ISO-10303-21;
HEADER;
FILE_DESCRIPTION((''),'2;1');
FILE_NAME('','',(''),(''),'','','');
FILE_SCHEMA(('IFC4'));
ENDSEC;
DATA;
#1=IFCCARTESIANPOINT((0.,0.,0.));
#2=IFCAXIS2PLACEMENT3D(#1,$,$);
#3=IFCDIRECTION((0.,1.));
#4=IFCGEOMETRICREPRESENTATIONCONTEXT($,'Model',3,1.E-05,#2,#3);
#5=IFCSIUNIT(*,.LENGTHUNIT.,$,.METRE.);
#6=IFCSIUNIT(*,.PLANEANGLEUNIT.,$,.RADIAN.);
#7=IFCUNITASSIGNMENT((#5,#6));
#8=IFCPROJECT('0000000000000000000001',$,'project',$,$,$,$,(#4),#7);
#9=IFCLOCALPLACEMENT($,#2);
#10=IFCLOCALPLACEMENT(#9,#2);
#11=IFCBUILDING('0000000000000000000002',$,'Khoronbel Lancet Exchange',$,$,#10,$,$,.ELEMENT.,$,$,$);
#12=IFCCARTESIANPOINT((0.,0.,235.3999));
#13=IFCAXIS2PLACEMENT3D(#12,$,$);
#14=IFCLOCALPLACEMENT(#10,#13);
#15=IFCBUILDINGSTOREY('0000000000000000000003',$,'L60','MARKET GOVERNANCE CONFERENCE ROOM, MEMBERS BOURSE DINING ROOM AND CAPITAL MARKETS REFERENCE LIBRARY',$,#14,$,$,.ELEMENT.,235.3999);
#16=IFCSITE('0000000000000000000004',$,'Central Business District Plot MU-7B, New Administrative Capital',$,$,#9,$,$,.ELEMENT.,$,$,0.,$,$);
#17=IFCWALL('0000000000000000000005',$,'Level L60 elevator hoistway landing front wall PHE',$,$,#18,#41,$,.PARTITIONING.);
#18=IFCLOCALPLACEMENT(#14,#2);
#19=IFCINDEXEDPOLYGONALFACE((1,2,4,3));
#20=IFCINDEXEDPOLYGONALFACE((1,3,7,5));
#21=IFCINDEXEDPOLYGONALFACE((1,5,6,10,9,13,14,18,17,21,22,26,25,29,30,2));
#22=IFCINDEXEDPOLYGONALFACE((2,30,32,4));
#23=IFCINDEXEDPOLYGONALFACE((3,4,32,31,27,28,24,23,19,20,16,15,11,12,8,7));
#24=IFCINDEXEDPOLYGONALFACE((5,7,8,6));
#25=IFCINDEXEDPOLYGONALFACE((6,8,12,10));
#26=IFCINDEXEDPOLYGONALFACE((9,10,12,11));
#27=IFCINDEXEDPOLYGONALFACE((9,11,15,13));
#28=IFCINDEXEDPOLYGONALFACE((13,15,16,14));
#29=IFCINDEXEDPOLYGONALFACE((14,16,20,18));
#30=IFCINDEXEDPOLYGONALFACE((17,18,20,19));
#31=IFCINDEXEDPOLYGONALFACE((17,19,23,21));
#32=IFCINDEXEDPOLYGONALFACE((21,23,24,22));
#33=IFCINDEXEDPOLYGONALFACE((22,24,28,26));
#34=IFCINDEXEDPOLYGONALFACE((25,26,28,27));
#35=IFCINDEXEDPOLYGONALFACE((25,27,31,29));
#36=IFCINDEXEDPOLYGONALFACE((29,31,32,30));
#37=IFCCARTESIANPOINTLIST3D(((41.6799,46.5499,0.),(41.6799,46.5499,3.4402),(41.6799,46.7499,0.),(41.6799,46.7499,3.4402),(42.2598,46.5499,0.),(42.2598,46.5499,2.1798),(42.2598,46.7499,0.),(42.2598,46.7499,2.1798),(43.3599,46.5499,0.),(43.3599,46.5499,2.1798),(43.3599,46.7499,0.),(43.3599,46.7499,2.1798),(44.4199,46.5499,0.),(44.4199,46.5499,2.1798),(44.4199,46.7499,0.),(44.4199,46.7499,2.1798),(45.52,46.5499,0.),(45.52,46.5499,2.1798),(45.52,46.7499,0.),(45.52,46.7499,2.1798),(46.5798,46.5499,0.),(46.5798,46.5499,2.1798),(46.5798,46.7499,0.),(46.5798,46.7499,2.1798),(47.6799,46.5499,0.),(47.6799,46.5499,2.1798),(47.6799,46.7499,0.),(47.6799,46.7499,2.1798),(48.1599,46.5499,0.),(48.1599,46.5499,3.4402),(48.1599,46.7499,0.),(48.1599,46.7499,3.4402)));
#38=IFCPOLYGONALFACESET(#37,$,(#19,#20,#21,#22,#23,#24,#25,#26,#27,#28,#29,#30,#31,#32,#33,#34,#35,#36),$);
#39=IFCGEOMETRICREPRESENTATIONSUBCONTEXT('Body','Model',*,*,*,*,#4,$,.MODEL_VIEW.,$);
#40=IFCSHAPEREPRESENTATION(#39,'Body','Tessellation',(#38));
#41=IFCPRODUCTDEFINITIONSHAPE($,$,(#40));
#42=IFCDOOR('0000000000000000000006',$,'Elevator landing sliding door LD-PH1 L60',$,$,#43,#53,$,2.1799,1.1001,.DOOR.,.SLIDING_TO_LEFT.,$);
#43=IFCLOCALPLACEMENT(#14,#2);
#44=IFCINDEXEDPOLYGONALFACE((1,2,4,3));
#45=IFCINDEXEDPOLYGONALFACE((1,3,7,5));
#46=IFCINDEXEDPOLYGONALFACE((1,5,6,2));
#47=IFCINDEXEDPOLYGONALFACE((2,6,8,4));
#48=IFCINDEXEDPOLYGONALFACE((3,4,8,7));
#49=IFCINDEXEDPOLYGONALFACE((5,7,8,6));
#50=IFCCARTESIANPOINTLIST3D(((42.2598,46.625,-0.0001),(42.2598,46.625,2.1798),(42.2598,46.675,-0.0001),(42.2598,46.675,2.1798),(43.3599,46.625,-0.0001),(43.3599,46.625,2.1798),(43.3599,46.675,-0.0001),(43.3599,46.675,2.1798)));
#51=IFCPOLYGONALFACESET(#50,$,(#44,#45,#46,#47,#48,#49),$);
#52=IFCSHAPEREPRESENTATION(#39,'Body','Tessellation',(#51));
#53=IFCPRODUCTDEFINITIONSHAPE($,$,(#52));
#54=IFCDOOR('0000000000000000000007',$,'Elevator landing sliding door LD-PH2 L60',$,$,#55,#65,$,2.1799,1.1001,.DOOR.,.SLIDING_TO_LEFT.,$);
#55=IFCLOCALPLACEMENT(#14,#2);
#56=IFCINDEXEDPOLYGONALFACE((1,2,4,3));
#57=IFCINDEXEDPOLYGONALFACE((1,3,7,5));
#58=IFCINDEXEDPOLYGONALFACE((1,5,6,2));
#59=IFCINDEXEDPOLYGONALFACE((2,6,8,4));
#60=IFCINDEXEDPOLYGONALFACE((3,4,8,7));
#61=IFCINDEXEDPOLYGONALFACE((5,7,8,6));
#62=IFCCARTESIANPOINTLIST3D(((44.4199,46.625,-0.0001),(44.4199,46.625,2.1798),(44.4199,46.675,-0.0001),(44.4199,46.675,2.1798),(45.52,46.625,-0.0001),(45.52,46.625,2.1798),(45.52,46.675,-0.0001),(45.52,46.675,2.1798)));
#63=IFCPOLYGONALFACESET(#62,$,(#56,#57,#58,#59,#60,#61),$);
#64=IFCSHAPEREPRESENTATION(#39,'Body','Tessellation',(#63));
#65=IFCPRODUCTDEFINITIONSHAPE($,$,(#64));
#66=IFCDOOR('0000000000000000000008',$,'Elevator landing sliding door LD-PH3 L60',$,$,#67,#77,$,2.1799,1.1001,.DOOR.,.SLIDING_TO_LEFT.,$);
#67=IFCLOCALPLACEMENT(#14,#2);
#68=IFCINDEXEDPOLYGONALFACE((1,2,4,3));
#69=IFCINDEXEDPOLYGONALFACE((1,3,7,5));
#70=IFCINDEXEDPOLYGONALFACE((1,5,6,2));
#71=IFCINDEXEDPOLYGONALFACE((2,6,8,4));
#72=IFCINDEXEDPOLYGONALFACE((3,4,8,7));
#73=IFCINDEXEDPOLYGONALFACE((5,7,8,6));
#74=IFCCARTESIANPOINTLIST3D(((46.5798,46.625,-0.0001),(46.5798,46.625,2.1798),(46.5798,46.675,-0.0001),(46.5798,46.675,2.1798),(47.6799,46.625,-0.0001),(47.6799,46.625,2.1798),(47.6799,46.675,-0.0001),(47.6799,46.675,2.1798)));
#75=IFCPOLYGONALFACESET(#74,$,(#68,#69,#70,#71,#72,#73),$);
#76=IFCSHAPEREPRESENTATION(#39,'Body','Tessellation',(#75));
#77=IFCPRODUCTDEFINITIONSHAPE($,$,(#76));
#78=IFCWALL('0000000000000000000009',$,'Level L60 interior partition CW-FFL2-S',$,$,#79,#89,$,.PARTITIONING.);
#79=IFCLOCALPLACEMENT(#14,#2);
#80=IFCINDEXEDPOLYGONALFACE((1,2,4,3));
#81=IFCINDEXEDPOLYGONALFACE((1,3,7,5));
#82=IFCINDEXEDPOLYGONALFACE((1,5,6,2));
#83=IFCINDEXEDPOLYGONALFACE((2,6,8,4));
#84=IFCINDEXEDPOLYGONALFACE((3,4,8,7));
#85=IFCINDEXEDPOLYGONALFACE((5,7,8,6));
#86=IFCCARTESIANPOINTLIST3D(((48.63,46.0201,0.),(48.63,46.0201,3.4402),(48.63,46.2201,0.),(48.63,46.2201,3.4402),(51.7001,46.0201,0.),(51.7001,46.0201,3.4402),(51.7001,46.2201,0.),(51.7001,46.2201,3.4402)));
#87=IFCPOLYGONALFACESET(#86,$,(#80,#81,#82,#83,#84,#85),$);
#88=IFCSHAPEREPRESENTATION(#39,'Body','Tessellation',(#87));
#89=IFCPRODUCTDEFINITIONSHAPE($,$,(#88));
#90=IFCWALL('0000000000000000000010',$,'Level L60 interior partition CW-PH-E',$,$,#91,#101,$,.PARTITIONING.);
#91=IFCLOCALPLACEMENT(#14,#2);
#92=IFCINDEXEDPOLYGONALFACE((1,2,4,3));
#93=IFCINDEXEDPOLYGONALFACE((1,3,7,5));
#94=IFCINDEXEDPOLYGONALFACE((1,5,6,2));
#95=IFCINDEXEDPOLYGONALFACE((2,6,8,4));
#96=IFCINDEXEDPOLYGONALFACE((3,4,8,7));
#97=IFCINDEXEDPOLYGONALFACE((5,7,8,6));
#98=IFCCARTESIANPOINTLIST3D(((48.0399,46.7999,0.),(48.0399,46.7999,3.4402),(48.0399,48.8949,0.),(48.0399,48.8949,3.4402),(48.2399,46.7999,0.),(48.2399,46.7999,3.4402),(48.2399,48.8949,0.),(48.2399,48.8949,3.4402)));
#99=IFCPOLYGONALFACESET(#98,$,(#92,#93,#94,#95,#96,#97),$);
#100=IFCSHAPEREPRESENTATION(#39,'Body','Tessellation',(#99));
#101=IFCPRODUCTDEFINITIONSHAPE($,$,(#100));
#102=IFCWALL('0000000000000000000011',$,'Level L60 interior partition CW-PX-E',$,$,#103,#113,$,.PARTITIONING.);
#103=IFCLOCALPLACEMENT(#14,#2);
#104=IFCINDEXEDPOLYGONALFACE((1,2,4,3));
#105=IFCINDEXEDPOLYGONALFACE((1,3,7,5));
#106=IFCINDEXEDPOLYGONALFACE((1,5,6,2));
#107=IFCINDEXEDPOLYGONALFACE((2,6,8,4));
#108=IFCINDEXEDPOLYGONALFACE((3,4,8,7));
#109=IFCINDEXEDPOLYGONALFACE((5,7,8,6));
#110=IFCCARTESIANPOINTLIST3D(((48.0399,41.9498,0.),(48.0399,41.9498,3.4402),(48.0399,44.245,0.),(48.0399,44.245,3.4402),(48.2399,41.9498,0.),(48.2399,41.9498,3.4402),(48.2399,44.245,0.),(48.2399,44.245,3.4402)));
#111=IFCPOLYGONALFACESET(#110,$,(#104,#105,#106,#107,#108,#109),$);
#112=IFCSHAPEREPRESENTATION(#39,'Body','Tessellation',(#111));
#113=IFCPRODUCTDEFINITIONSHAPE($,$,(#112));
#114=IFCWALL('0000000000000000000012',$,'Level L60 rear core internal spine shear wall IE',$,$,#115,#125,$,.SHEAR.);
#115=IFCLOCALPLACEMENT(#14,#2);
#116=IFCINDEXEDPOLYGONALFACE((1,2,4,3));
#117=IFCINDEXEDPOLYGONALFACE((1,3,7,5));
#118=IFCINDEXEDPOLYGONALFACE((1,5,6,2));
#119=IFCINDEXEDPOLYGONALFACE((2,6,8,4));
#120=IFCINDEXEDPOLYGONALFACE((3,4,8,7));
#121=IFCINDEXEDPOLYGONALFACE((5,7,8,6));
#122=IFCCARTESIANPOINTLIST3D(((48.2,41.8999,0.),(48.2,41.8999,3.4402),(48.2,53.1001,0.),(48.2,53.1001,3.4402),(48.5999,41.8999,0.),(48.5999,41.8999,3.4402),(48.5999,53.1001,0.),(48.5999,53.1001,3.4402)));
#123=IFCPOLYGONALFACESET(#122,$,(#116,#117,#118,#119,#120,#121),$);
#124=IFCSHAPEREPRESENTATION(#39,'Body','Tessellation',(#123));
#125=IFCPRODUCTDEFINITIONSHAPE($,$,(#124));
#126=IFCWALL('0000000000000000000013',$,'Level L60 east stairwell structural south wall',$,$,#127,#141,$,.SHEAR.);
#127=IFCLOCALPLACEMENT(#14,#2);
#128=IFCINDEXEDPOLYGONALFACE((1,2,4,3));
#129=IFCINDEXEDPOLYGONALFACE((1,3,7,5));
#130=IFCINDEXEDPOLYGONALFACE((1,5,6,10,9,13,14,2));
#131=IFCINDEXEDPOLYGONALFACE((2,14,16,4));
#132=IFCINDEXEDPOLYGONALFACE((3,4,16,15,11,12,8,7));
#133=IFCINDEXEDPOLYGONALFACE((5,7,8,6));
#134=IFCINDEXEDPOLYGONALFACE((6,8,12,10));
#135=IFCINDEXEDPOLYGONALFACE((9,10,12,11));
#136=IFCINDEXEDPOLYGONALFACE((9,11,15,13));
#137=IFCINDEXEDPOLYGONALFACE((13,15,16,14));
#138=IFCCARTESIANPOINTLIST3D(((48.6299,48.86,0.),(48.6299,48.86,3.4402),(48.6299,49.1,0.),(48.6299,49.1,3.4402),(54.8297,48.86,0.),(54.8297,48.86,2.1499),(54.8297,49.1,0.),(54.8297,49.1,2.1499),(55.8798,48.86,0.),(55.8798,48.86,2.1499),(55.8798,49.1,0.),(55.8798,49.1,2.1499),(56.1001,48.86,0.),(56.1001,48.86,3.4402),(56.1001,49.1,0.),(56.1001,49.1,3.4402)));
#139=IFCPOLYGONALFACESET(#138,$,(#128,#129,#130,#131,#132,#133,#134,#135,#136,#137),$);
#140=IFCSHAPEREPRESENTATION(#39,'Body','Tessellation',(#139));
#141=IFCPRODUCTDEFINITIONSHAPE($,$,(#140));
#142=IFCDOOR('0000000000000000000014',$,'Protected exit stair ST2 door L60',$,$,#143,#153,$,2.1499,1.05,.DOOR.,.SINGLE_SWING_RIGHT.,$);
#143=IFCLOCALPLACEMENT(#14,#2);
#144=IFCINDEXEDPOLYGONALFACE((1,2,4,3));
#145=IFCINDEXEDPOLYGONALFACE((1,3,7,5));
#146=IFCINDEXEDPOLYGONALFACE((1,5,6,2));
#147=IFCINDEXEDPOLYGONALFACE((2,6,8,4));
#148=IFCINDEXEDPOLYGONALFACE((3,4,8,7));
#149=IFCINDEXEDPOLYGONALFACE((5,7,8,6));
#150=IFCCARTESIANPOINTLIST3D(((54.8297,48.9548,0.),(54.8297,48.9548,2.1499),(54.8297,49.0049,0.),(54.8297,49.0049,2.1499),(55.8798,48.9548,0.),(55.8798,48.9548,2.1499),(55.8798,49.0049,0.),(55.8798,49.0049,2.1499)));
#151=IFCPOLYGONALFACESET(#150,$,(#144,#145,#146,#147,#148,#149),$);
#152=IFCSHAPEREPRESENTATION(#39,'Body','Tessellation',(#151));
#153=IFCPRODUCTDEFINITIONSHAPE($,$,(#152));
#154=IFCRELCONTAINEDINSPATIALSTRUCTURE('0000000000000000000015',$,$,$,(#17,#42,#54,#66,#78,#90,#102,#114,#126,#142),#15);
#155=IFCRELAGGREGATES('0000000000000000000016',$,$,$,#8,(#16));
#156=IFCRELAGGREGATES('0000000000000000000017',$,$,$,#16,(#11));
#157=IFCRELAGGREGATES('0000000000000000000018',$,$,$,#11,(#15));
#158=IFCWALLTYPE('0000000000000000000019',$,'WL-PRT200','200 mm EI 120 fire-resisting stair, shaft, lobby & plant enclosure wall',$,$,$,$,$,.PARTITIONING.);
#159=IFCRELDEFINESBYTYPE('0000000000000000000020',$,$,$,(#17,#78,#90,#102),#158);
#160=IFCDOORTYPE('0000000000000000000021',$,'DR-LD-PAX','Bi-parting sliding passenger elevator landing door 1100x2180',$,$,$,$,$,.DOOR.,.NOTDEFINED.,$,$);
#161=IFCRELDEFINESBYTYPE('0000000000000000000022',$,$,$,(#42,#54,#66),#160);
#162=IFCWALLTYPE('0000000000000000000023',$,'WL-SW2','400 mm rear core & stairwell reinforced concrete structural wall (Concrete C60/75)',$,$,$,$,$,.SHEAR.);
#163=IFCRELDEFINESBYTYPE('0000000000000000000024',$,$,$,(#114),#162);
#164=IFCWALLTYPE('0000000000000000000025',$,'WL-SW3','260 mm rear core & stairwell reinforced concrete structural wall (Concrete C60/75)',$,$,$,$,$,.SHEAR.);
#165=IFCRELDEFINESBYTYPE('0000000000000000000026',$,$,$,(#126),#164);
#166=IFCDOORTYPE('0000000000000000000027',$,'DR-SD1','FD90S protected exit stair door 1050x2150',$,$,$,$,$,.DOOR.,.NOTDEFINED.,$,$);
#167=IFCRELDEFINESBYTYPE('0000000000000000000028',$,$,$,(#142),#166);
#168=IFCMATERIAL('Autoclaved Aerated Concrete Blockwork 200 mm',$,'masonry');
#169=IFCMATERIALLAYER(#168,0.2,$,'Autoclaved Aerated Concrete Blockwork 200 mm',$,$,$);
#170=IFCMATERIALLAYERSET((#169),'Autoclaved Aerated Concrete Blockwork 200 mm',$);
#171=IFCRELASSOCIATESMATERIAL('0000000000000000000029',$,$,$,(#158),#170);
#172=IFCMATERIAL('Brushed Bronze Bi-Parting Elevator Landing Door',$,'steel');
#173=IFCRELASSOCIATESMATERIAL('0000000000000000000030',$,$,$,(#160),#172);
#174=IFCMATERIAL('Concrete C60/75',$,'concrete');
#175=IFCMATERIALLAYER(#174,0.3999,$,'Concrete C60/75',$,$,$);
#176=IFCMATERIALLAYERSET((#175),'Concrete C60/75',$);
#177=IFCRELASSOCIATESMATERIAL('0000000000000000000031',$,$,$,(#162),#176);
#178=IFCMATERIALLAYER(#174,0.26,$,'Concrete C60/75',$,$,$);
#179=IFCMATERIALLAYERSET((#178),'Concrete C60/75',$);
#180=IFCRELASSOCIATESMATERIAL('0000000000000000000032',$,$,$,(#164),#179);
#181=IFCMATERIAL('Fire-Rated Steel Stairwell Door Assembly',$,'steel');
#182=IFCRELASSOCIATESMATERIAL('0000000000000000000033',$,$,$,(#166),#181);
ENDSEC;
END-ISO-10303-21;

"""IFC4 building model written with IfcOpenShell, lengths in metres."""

from ifc_helpers import new_model, si_unit, direction, frame, frame_2d, origin, place, context, subcontext, project, spatial, rectangle, extrude, material, layer, layer_set, type_object, element, fill, save


model = new_model("IFC4")

# Units and contexts
model_context = context("Model", 3, precision=1e-05, world=origin(), true_north=direction((0.0, 1.0)))
body_context = subcontext(model_context, "Body", "Model", "MODEL_VIEW")
ifc_project = project(units=[si_unit("LENGTHUNIT", "METRE"), si_unit("PLANEANGLEUNIT", "RADIAN")], contexts=[model_context])

# Site, building, storey
site_placement = place(None, origin())
site = spatial("IfcSite", under=ifc_project, at=site_placement, Name="Central Business District Plot MU-7B, New Administrative Capital", CompositionType="ELEMENT", RefElevation=0.0)
building_placement = place(site_placement, origin())
building = spatial("IfcBuilding", under=site, at=building_placement, Name="Khoronbel Lancet Exchange", CompositionType="ELEMENT")
storey_placement = place(building_placement, frame((0.0, 0.0, 235.3999)))
storey = spatial("IfcBuildingStorey", under=building, at=storey_placement, Name="L60", Description="MARKET GOVERNANCE CONFERENCE ROOM, MEMBERS BOURSE DINING ROOM AND CAPITAL MARKETS REFERENCE LIBRARY", CompositionType="ELEMENT", Elevation=235.3999)

# Shared definitions
ifc_material_1 = material(Name="Autoclaved Aerated Concrete Blockwork 200 mm", Category="masonry")
ifc_layer_1 = layer(ifc_material_1, 0.2, Name="Autoclaved Aerated Concrete Blockwork 200 mm")
ifc_layer_set_1 = layer_set([ifc_layer_1], Name="Autoclaved Aerated Concrete Blockwork 200 mm")
wall_type_1 = type_object("IfcWallType", Name="WL-PRT200", Description="200 mm EI 120 fire-resisting stair, shaft, lobby & plant enclosure wall", PredefinedType="PARTITIONING", material=ifc_layer_set_1)

# Wall, openings, doors
wall_1_placement = place(storey_placement, frame((48.1599, 46.6499, 0.0), z_axis=(0.0, 0.0, 1.0), x_axis=(-1.0, 0.0, 0.0)))
wall_1 = element("IfcWall", 1, at=wall_1_placement, inside=storey, type_object=wall_type_1, Name="Level L60 elevator hoistway landing front wall PHE", PredefinedType="PARTITIONING", context=body_context, shape_type="SweptSolid", body=[
    extrude(rectangle(XDim=6.48, YDim=0.2, at=frame_2d((3.24, 0.0))), origin(), (0.0, 0.0, 1.0), 3.4402),
])
opening_1_placement = place(wall_1_placement, frame((4.8, 0.0, 0.0)))
opening_1 = element("IfcOpeningElement", 2, at=opening_1_placement, cuts=wall_1, PredefinedType="OPENING", context=body_context, shape_type="SweptSolid", body=[
    extrude(rectangle(XDim=1.1001, YDim=2.1799, at=frame_2d((0.55, 1.0898))), frame((0.0, 0.1099, 0.0), z_axis=(0.0, -1.0, 0.0), x_axis=(1.0, 0.0, 0.0)), (0.0, 0.0, 1.0), 0.22),
])
opening_2_placement = place(wall_1_placement, frame((2.6399, 0.0, 0.0)))
opening_2 = element("IfcOpeningElement", 3, at=opening_2_placement, cuts=wall_1, PredefinedType="OPENING", context=body_context, shape_type="SweptSolid", body=[
    extrude(rectangle(XDim=1.1001, YDim=2.1799, at=frame_2d((0.55, 1.0898))), frame((0.0, 0.1099, 0.0), z_axis=(0.0, -1.0, 0.0), x_axis=(1.0, 0.0, 0.0)), (0.0, 0.0, 1.0), 0.22),
])
opening_3_placement = place(wall_1_placement, frame((0.48, 0.0, 0.0)))
opening_3 = element("IfcOpeningElement", 4, at=opening_3_placement, cuts=wall_1, PredefinedType="OPENING", context=body_context, shape_type="SweptSolid", body=[
    extrude(rectangle(XDim=1.1001, YDim=2.1799, at=frame_2d((0.55, 1.0898))), frame((0.0, 0.1099, 0.0), z_axis=(0.0, -1.0, 0.0), x_axis=(1.0, 0.0, 0.0)), (0.0, 0.0, 1.0), 0.22),
])
ifc_material_2 = material(Name="Brushed Bronze Bi-Parting Elevator Landing Door", Category="steel")
door_type_1 = type_object("IfcDoorType", Name="DR-LD-PAX", Description="Bi-parting sliding passenger elevator landing door 1100x2180", OperationType="NOTDEFINED", PredefinedType="DOOR", material=ifc_material_2)
door_1_placement = place(opening_1_placement, origin())
door_1 = element("IfcDoor", 5, at=door_1_placement, inside=storey, type_object=door_type_1, Name="Elevator landing sliding door LD-PH1 L60", OperationType="SLIDING_TO_LEFT", OverallHeight=2.1799, OverallWidth=1.1001, PredefinedType="DOOR", context=body_context, shape_type="SweptSolid", body=[
    extrude(rectangle(XDim=1.1001, YDim=2.1799, at=frame_2d((0.55, 1.0898))), frame((0.0, 0.0249, 0.0), z_axis=(0.0, -1.0, 0.0), x_axis=(1.0, 0.0, 0.0)), (0.0, 0.0, 1.0), 0.05),
])
fill(opening_1, door_1)
door_2_placement = place(opening_2_placement, origin())
door_2 = element("IfcDoor", 6, at=door_2_placement, inside=storey, type_object=door_type_1, Name="Elevator landing sliding door LD-PH2 L60", OperationType="SLIDING_TO_LEFT", OverallHeight=2.1799, OverallWidth=1.1001, PredefinedType="DOOR", context=body_context, shape_type="SweptSolid", body=[
    extrude(rectangle(XDim=1.1001, YDim=2.1799, at=frame_2d((0.55, 1.0898))), frame((0.0, 0.0249, 0.0), z_axis=(0.0, -1.0, 0.0), x_axis=(1.0, 0.0, 0.0)), (0.0, 0.0, 1.0), 0.05),
])
fill(opening_2, door_2)
door_3_placement = place(opening_3_placement, origin())
door_3 = element("IfcDoor", 7, at=door_3_placement, inside=storey, type_object=door_type_1, Name="Elevator landing sliding door LD-PH3 L60", OperationType="SLIDING_TO_LEFT", OverallHeight=2.1799, OverallWidth=1.1001, PredefinedType="DOOR", context=body_context, shape_type="SweptSolid", body=[
    extrude(rectangle(XDim=1.1001, YDim=2.1799, at=frame_2d((0.55, 1.0898))), frame((0.0, 0.0249, 0.0), z_axis=(0.0, -1.0, 0.0), x_axis=(1.0, 0.0, 0.0)), (0.0, 0.0, 1.0), 0.05),
])
fill(opening_3, door_3)

# Walls
wall_2_placement = place(storey_placement, frame((48.6299, 46.1201, 0.0), z_axis=(0.0, 0.0, 1.0), x_axis=(1.0, 0.0, 0.0)))
element("IfcWall", 8, at=wall_2_placement, inside=storey, type_object=wall_type_1, Name="Level L60 interior partition CW-FFL2-S", PredefinedType="PARTITIONING", context=body_context, shape_type="SweptSolid", body=[
    extrude(rectangle(XDim=3.0701, YDim=0.2, at=frame_2d((1.5352, 0.0))), origin(), (0.0, 0.0, 1.0), 3.4402),
])
wall_3_placement = place(storey_placement, frame((48.1399, 46.8, 0.0), z_axis=(0.0, 0.0, 1.0), x_axis=(0.0, 1.0, 0.0)))
element("IfcWall", 9, at=wall_3_placement, inside=storey, type_object=wall_type_1, Name="Level L60 interior partition CW-PH-E", PredefinedType="PARTITIONING", context=body_context, shape_type="SweptSolid", body=[
    extrude(rectangle(XDim=2.095, YDim=0.2, at=frame_2d((1.0474, 0.0))), origin(), (0.0, 0.0, 1.0), 3.4402),
])
wall_4_placement = place(storey_placement, frame((48.1399, 41.95, 0.0), z_axis=(0.0, 0.0, 1.0), x_axis=(0.0, 1.0, 0.0)))
element("IfcWall", 10, at=wall_4_placement, inside=storey, type_object=wall_type_1, Name="Level L60 interior partition CW-PX-E", PredefinedType="PARTITIONING", context=body_context, shape_type="SweptSolid", body=[
    extrude(rectangle(XDim=2.2952, YDim=0.2, at=frame_2d((1.1475, 0.0))), origin(), (0.0, 0.0, 1.0), 3.4402),
])
ifc_material_3 = material(Name="Concrete C60/75", Category="concrete")
ifc_layer_2 = layer(ifc_material_3, 0.3999, Name="Concrete C60/75")
ifc_layer_set_2 = layer_set([ifc_layer_2], Name="Concrete C60/75")
wall_type_2 = type_object("IfcWallType", Name="WL-SW2", Description="400 mm rear core & stairwell reinforced concrete structural wall (Concrete C60/75)", PredefinedType="SHEAR", material=ifc_layer_set_2)
wall_5_placement = place(storey_placement, frame((48.3999, 41.8999, 0.0), z_axis=(0.0, 0.0, 1.0), x_axis=(0.0, 1.0, 0.0)))
element("IfcWall", 11, at=wall_5_placement, inside=storey, type_object=wall_type_2, Name="Level L60 rear core internal spine shear wall IE", PredefinedType="SHEAR", context=body_context, shape_type="SweptSolid", body=[
    extrude(rectangle(XDim=11.2002, YDim=0.3999, at=frame_2d((5.6001, 0.0))), origin(), (0.0, 0.0, 1.0), 3.4402),
])

# Wall, opening, door
ifc_layer_3 = layer(ifc_material_3, 0.26, Name="Concrete C60/75")
ifc_layer_set_3 = layer_set([ifc_layer_3], Name="Concrete C60/75")
wall_type_3 = type_object("IfcWallType", Name="WL-SW3", Description="260 mm rear core & stairwell reinforced concrete structural wall (Concrete C60/75)", PredefinedType="SHEAR", material=ifc_layer_set_3)
wall_6_placement = place(storey_placement, frame((48.6299, 48.98, 0.0), z_axis=(0.0, 0.0, 1.0), x_axis=(1.0, 0.0, 0.0)))
wall_6 = element("IfcWall", 12, at=wall_6_placement, inside=storey, type_object=wall_type_3, Name="Level L60 east stairwell structural south wall", PredefinedType="SHEAR", context=body_context, shape_type="SweptSolid", body=[
    extrude(rectangle(XDim=7.4702, YDim=0.24, at=frame_2d((3.7351, 0.0))), origin(), (0.0, 0.0, 1.0), 3.4402),
])
opening_4_placement = place(wall_6_placement, frame((6.2, 0.0, 0.0)))
opening_4 = element("IfcOpeningElement", 13, at=opening_4_placement, cuts=wall_6, PredefinedType="OPENING", context=body_context, shape_type="SweptSolid", body=[
    extrude(rectangle(XDim=1.05, YDim=2.1499, at=frame_2d((0.5249, 1.075))), frame((0.0, 0.1299, 0.0), z_axis=(0.0, -1.0, 0.0), x_axis=(1.0, 0.0, 0.0)), (0.0, 0.0, 1.0), 0.26),
])
ifc_material_4 = material(Name="Fire-Rated Steel Stairwell Door Assembly", Category="steel")
door_type_2 = type_object("IfcDoorType", Name="DR-SD1", Description="FD90S protected exit stair door 1050x2150", OperationType="NOTDEFINED", PredefinedType="DOOR", material=ifc_material_4)
door_4_placement = place(opening_4_placement, origin())
door_4 = element("IfcDoor", 14, at=door_4_placement, inside=storey, type_object=door_type_2, Name="Protected exit stair ST2 door L60", OperationType="SINGLE_SWING_RIGHT", OverallHeight=2.1499, OverallWidth=1.05, PredefinedType="DOOR", context=body_context, shape_type="SweptSolid", body=[
    extrude(rectangle(XDim=1.05, YDim=2.1499, at=frame_2d((0.5249, 1.075))), frame((0.0, 0.0249, 0.0), z_axis=(0.0, -1.0, 0.0), x_axis=(1.0, 0.0, 0.0)), (0.0, 0.0, 1.0), 0.05),
])
fill(opening_4, door_4)

save(model, "model.ifc")
